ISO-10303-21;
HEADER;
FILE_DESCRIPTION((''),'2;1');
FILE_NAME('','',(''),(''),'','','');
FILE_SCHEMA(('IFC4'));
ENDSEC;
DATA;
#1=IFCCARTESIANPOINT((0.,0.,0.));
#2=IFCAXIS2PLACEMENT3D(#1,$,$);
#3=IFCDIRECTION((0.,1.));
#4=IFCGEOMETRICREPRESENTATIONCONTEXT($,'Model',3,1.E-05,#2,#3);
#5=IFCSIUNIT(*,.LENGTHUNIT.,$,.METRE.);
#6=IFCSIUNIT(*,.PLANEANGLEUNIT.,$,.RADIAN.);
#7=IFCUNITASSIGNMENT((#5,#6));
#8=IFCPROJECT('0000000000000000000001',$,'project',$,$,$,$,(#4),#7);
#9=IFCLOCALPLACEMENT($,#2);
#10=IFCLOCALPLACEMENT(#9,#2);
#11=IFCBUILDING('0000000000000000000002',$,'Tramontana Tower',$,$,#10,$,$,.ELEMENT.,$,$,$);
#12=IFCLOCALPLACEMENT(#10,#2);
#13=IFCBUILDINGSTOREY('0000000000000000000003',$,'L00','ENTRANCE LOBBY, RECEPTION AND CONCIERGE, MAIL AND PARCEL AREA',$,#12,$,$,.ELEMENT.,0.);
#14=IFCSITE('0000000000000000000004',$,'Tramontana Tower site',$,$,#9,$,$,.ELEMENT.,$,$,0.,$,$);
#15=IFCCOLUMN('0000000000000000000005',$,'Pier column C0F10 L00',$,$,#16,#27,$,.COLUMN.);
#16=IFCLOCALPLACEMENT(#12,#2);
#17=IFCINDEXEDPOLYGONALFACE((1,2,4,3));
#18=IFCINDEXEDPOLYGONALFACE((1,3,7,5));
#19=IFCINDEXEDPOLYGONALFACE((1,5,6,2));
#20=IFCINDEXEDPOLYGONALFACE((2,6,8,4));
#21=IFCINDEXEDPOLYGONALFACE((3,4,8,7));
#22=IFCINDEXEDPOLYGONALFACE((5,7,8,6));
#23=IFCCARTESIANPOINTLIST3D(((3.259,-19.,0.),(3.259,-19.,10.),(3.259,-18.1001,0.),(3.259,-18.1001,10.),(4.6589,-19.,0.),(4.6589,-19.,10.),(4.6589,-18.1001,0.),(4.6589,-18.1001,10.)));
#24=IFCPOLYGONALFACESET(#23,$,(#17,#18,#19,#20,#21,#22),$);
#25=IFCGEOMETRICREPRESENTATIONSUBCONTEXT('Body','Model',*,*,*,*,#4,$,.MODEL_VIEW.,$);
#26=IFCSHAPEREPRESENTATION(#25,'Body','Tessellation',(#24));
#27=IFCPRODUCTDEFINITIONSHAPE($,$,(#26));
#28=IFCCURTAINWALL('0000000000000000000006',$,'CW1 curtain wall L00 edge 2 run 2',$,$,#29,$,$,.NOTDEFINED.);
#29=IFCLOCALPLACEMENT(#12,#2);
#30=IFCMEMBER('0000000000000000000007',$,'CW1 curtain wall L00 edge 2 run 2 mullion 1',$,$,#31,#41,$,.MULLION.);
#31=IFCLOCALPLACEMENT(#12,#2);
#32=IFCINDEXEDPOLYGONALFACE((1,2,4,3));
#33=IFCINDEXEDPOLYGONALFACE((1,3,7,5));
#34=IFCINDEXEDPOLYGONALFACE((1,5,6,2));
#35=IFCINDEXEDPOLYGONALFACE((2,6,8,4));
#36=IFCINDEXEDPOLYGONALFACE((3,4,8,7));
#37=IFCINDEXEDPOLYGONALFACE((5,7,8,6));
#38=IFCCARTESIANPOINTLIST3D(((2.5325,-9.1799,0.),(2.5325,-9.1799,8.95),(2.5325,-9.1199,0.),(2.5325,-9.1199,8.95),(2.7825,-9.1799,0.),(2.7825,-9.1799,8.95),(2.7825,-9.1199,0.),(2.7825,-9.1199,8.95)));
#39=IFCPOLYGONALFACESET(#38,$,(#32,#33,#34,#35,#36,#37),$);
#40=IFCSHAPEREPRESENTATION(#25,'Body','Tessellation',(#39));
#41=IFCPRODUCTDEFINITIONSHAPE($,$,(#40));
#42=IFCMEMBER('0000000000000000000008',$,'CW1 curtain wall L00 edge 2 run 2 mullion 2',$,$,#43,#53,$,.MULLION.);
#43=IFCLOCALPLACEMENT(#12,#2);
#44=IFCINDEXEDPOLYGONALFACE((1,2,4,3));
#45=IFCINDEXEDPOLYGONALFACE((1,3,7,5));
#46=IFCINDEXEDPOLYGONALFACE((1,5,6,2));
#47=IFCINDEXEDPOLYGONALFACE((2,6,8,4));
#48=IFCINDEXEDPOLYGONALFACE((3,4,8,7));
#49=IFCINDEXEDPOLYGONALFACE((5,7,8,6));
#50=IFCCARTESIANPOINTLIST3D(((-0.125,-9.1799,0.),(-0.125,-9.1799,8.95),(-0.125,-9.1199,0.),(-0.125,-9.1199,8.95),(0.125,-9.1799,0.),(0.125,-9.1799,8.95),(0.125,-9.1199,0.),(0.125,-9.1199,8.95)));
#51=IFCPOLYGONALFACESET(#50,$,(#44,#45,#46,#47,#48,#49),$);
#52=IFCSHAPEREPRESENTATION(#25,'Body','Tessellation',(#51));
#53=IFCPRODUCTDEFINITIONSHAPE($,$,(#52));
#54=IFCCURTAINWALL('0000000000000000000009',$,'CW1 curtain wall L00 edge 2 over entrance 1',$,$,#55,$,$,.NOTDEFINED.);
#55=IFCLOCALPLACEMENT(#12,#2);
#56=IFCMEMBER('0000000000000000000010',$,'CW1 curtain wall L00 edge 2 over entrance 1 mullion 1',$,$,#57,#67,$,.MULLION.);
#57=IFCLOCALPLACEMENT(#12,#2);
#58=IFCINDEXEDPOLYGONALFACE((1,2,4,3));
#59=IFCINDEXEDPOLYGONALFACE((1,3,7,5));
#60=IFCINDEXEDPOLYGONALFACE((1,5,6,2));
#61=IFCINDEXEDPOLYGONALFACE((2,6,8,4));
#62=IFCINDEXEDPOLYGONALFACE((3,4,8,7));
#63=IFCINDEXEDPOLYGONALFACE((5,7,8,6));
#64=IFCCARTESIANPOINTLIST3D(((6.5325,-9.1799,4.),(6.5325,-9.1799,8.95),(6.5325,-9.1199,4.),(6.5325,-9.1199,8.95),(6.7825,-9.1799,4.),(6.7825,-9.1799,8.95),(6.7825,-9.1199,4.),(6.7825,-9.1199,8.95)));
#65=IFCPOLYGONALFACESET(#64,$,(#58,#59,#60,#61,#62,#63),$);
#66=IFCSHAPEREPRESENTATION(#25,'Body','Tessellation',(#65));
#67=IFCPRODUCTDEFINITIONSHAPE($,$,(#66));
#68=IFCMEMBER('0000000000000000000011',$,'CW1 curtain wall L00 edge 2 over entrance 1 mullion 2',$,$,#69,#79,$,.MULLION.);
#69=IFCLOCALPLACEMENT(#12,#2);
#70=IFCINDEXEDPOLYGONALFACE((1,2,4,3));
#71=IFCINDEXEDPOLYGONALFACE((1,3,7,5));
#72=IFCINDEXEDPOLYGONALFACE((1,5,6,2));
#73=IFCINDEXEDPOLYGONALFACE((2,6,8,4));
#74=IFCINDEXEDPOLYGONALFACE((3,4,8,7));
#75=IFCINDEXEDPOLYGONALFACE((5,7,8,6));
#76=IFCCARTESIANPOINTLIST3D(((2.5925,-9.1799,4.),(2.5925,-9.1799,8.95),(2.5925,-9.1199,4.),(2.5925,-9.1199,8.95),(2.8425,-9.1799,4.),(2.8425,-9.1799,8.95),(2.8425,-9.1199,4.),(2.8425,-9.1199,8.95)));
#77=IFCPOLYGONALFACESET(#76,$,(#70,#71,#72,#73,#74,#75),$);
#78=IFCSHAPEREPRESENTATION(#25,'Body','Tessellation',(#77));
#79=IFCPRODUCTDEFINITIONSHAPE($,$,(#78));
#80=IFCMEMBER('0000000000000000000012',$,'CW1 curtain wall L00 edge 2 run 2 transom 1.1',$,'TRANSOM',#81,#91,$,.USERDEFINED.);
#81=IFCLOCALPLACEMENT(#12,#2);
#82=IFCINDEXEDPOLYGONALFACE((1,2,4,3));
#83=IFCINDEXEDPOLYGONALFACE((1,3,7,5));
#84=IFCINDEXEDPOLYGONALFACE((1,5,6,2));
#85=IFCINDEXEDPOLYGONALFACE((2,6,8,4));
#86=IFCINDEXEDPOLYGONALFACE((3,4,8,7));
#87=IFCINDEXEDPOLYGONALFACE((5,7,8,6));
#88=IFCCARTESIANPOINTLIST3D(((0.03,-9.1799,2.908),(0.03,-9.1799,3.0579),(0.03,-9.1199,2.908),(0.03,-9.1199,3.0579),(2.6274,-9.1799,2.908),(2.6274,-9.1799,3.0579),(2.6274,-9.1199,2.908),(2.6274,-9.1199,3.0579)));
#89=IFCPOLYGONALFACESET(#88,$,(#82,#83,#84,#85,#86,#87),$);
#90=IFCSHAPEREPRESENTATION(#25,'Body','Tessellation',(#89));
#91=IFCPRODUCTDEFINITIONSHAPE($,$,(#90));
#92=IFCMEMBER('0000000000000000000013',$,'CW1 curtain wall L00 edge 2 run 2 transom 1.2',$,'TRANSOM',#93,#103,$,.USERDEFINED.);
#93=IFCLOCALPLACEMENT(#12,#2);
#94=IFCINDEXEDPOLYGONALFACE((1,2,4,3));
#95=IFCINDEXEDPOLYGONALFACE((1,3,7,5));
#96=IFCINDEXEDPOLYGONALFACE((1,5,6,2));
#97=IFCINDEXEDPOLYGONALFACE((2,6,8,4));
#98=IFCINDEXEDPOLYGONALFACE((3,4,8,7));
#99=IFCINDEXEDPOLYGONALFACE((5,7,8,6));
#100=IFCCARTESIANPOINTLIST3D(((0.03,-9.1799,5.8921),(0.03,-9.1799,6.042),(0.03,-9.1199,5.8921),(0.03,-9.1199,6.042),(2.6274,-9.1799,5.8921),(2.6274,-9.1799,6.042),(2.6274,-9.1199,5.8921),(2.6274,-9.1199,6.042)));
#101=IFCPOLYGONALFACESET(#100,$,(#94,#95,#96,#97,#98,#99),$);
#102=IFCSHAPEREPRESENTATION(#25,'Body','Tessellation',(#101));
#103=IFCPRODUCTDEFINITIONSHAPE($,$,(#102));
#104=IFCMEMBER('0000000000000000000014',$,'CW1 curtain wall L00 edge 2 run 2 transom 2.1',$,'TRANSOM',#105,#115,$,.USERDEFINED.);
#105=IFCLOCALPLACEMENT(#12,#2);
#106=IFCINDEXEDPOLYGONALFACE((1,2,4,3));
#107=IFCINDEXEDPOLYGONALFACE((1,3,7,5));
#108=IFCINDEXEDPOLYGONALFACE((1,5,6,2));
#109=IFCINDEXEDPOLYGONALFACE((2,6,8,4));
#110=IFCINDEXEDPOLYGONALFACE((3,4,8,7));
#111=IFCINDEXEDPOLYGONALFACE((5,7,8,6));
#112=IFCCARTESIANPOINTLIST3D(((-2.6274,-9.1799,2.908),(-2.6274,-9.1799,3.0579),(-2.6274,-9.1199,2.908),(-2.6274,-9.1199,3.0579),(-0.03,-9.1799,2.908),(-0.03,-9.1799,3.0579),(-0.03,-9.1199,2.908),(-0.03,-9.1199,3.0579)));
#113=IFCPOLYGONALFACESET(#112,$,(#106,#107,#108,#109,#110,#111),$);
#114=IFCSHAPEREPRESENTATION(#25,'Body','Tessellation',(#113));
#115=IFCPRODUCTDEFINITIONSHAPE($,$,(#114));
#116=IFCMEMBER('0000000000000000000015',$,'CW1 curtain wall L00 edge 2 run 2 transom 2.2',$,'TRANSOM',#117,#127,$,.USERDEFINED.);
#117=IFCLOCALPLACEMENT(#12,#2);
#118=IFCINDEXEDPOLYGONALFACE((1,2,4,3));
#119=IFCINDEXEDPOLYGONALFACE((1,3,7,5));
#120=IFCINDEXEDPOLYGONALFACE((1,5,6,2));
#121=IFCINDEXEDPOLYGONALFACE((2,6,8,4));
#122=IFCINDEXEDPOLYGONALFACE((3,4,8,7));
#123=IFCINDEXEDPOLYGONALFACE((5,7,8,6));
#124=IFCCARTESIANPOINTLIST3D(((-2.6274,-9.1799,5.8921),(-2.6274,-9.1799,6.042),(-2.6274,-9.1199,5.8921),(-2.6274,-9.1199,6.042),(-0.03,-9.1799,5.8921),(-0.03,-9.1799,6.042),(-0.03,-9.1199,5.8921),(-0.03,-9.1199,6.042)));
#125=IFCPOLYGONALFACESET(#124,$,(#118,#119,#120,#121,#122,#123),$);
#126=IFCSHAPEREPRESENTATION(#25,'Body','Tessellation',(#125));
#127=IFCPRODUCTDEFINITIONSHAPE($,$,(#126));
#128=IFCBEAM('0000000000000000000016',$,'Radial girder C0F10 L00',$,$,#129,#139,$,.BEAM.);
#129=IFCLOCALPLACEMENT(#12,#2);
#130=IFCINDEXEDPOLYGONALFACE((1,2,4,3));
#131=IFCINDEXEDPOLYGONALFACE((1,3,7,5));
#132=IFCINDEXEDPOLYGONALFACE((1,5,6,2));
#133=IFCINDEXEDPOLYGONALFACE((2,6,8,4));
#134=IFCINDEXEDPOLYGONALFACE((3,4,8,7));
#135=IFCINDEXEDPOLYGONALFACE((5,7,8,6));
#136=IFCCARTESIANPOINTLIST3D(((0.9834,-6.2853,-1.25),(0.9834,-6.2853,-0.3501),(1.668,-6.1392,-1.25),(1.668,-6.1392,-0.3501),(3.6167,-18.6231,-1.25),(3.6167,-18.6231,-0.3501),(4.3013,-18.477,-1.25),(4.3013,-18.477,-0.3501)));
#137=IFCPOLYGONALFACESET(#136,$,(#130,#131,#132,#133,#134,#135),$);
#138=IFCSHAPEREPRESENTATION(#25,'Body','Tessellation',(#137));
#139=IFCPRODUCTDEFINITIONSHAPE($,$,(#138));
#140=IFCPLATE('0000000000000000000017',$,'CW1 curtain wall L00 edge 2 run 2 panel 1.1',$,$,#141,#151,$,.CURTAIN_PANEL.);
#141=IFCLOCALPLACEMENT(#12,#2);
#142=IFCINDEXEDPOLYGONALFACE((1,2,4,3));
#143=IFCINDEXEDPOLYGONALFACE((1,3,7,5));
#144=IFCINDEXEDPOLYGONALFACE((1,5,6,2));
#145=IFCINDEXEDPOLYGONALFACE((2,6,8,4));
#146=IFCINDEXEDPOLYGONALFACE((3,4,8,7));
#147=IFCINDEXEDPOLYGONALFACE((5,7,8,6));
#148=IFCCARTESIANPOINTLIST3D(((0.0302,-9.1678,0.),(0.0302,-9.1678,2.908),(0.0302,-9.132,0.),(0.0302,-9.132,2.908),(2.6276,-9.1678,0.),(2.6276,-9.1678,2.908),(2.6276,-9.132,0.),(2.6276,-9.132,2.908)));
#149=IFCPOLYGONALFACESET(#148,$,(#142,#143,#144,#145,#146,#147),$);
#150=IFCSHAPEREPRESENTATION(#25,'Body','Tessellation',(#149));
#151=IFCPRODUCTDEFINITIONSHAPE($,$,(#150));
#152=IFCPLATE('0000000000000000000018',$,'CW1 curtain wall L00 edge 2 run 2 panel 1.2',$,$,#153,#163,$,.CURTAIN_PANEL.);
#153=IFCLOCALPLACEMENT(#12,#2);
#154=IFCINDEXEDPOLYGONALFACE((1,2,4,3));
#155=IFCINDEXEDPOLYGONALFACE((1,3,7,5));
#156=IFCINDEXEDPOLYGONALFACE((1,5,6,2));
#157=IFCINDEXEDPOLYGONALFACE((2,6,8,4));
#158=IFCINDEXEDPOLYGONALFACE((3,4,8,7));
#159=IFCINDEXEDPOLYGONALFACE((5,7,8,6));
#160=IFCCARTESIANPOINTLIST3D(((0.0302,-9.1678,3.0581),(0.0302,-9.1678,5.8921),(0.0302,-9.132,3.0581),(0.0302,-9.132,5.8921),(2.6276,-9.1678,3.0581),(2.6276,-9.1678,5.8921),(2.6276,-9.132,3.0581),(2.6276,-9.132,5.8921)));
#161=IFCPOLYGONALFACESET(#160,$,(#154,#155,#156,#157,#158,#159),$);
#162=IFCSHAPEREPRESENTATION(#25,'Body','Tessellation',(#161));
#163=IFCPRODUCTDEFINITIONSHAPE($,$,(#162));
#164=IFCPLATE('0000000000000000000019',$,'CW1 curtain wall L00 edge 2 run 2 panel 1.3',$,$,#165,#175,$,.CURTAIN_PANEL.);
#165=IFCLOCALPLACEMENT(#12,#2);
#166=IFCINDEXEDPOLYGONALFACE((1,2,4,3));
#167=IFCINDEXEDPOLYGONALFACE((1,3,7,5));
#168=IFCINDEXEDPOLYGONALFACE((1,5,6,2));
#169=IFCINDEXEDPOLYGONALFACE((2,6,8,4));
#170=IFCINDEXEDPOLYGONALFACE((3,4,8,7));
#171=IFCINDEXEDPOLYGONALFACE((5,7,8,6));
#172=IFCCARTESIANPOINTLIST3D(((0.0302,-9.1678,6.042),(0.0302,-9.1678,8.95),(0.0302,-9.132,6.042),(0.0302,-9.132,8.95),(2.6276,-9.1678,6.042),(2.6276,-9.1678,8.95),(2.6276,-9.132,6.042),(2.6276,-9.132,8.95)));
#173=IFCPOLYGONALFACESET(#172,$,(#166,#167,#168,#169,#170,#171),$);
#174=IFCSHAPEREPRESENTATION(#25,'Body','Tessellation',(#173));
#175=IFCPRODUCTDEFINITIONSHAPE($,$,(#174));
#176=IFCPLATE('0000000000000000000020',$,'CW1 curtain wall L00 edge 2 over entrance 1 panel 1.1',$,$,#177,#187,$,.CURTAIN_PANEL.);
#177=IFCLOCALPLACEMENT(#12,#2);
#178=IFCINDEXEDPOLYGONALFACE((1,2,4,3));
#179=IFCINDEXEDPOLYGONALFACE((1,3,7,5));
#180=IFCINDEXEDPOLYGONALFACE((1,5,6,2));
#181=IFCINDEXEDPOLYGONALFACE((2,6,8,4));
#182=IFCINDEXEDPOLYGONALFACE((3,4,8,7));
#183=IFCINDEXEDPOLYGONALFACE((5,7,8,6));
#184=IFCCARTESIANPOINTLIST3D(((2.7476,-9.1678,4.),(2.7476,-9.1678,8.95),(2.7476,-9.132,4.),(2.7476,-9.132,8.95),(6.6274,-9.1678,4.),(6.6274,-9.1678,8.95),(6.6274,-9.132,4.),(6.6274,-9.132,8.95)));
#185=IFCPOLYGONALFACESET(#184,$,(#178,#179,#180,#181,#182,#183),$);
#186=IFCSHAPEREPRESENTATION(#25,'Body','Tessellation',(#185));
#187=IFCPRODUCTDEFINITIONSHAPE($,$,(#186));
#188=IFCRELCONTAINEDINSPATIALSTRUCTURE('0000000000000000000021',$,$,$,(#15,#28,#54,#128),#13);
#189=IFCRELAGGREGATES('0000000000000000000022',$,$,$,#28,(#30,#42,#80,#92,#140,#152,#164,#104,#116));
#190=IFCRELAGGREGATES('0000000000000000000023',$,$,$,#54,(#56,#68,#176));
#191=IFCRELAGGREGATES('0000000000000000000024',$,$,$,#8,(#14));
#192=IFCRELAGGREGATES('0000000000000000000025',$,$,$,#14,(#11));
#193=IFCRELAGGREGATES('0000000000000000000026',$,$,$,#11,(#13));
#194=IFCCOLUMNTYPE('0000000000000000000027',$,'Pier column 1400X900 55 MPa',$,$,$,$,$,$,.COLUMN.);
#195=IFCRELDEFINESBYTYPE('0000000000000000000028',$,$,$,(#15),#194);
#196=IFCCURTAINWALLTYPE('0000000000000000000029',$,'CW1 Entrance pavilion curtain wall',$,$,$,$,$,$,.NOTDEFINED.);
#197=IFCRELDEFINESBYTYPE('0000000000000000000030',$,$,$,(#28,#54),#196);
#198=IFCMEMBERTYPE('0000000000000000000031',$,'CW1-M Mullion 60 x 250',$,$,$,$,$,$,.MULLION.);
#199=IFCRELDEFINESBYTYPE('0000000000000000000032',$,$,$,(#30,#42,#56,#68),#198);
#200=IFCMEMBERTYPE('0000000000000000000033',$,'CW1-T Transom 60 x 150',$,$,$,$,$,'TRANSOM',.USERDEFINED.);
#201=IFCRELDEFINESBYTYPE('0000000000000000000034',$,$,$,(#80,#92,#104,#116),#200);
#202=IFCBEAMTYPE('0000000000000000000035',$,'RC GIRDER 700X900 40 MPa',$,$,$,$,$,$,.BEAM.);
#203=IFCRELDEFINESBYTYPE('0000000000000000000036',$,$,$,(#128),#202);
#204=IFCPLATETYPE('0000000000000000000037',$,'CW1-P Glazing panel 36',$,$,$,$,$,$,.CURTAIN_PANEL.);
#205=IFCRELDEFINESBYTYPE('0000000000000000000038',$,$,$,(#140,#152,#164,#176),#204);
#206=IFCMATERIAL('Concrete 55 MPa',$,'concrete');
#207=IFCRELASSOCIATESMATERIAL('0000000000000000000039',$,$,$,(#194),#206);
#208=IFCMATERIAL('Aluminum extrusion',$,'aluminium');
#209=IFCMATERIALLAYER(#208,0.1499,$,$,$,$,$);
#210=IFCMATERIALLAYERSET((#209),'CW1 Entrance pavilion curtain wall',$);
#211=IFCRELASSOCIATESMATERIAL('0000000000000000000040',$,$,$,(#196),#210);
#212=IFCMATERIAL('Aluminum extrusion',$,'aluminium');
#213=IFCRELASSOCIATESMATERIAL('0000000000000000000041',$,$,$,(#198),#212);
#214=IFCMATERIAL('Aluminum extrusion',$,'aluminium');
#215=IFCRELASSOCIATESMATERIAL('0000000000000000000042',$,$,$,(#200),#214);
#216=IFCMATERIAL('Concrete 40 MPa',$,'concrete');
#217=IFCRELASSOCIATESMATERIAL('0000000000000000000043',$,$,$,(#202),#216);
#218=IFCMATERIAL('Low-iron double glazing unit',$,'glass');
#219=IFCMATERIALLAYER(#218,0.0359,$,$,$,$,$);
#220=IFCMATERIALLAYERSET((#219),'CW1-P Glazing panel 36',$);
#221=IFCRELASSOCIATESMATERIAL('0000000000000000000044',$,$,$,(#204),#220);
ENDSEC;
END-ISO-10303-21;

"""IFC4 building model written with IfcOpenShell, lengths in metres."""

from ifc_helpers import new_model, si_unit, direction, frame, origin, origin_2d, place, context, subcontext, project, spatial, rectangle, extrude, material, layer, layer_set, material_profile, profile_set, type_object, element, aggregate, save


model = new_model("IFC4")

# Units and contexts
model_context = context("Model", 3, precision=1e-05, world=origin(), true_north=direction((0.0, 1.0)))
body_context = subcontext(model_context, "Body", "Model", "MODEL_VIEW")
ifc_project = project(units=[si_unit("LENGTHUNIT", "METRE"), si_unit("PLANEANGLEUNIT", "RADIAN")], contexts=[model_context])

# Site, building, storey
site_placement = place(None, origin())
site = spatial("IfcSite", under=ifc_project, at=site_placement, Name="Tramontana Tower site", CompositionType="ELEMENT", RefElevation=0.0)
building_placement = place(site_placement, origin())
building = spatial("IfcBuilding", under=site, at=building_placement, Name="Tramontana Tower", CompositionType="ELEMENT")
storey_placement = place(building_placement, origin())
storey = spatial("IfcBuildingStorey", under=building, at=storey_placement, Name="L00", Description="ENTRANCE LOBBY, RECEPTION AND CONCIERGE, MAIL AND PARCEL AREA", CompositionType="ELEMENT", Elevation=0.0)

# Column
ifc_material_1 = material(Name="Concrete 55 MPa", Category="concrete")
ifc_material_profile_1 = material_profile(ifc_material_1, rectangle(XDim=1.3999, YDim=0.8999, at=origin_2d()), Name="Pier column 1400X900 55 MPa")
ifc_profile_set_1 = profile_set([ifc_material_profile_1], Name="Concrete 55 MPa")
column_type = type_object("IfcColumnType", Name="Pier column 1400X900 55 MPa", PredefinedType="COLUMN", material=ifc_profile_set_1)
column_placement = place(storey_placement, frame((3.959, -18.55, 0.0), z_axis=(0.0, 0.0, 1.0), x_axis=(1.0, 0.0, 0.0)))
element("IfcColumn", 1, at=column_placement, inside=storey, type_object=column_type, Name="Pier column C0F10 L00", PredefinedType="COLUMN", context=body_context, shape_type="SweptSolid", body=[
    extrude(rectangle(XDim=1.3999, YDim=0.8999, at=origin_2d()), origin(), (0.0, 0.0, 1.0), 10.0),
])

# Curtain walls, members
ifc_material_2 = material(Name="Aluminum extrusion", Category="aluminium")
ifc_layer_1 = layer(ifc_material_2, 0.1499)
ifc_layer_set_1 = layer_set([ifc_layer_1], Name="CW1 Entrance pavilion curtain wall")
curtain_wall_type = type_object("IfcCurtainWallType", Name="CW1 Entrance pavilion curtain wall", PredefinedType="NOTDEFINED", material=ifc_layer_set_1)
curtain_wall_1_placement = place(storey_placement, origin())
curtain_wall_1 = element("IfcCurtainWall", 2, at=curtain_wall_1_placement, inside=storey, type_object=curtain_wall_type, Name="CW1 curtain wall L00 edge 2 run 2", PredefinedType="NOTDEFINED")
ifc_material_3 = material(Name="Aluminum extrusion", Category="aluminium")
ifc_material_profile_2 = material_profile(ifc_material_3, rectangle(XDim=0.0601, YDim=0.25, at=origin_2d()), Name="CW1-M Mullion 60 x 250")
ifc_profile_set_2 = profile_set([ifc_material_profile_2], Name="Aluminum extrusion")
member_type_1 = type_object("IfcMemberType", Name="CW1-M Mullion 60 x 250", PredefinedType="MULLION", material=ifc_profile_set_2)
member_1_placement = place(storey_placement, frame((2.6575, -9.1499, 0.0), z_axis=(0.0, 0.0, 1.0), x_axis=(0.0, -1.0, 0.0)))
member_1 = element("IfcMember", 3, at=member_1_placement, type_object=member_type_1, Name="CW1 curtain wall L00 edge 2 run 2 mullion 1", PredefinedType="MULLION", context=body_context, shape_type="SweptSolid", body=[
    extrude(rectangle(XDim=0.0601, YDim=0.25, at=origin_2d()), origin(), (0.0, 0.0, 1.0), 8.95),
])
member_2_placement = place(storey_placement, frame((0.0, -9.1499, 0.0), z_axis=(0.0, 0.0, 1.0), x_axis=(0.0, -1.0, 0.0)))
member_2 = element("IfcMember", 4, at=member_2_placement, type_object=member_type_1, Name="CW1 curtain wall L00 edge 2 run 2 mullion 2", PredefinedType="MULLION", context=body_context, shape_type="SweptSolid", body=[
    extrude(rectangle(XDim=0.0601, YDim=0.25, at=origin_2d()), origin(), (0.0, 0.0, 1.0), 8.95),
])
curtain_wall_2_placement = place(storey_placement, origin())
curtain_wall_2 = element("IfcCurtainWall", 5, at=curtain_wall_2_placement, inside=storey, type_object=curtain_wall_type, Name="CW1 curtain wall L00 edge 2 over entrance 1", PredefinedType="NOTDEFINED")
member_3_placement = place(storey_placement, frame((6.6575, -9.1499, 4.0), z_axis=(0.0, 0.0, 1.0), x_axis=(0.0, -1.0, 0.0)))
member_3 = element("IfcMember", 6, at=member_3_placement, type_object=member_type_1, Name="CW1 curtain wall L00 edge 2 over entrance 1 mullion 1", PredefinedType="MULLION", context=body_context, shape_type="SweptSolid", body=[
    extrude(rectangle(XDim=0.0601, YDim=0.25, at=origin_2d()), origin(), (0.0, 0.0, 1.0), 4.95),
])
member_4_placement = place(storey_placement, frame((2.7175, -9.1499, 4.0), z_axis=(0.0, 0.0, 1.0), x_axis=(0.0, -1.0, 0.0)))
member_4 = element("IfcMember", 7, at=member_4_placement, type_object=member_type_1, Name="CW1 curtain wall L00 edge 2 over entrance 1 mullion 2", PredefinedType="MULLION", context=body_context, shape_type="SweptSolid", body=[
    extrude(rectangle(XDim=0.0601, YDim=0.25, at=origin_2d()), origin(), (0.0, 0.0, 1.0), 4.95),
])

# Members
ifc_material_4 = material(Name="Aluminum extrusion", Category="aluminium")
ifc_material_profile_3 = material_profile(ifc_material_4, rectangle(XDim=0.0601, YDim=0.1499, at=origin_2d()), Name="CW1-T Transom 60 x 150")
ifc_profile_set_3 = profile_set([ifc_material_profile_3], Name="Aluminum extrusion")
member_type_2 = type_object("IfcMemberType", Name="CW1-T Transom 60 x 150", ElementType="TRANSOM", PredefinedType="USERDEFINED", material=ifc_profile_set_3)
member_5_placement = place(storey_placement, frame((2.6274, -9.1499, 2.9829), z_axis=(-1.0, 0.0, 0.0), x_axis=(0.0, -1.0, 0.0)))
member_5 = element("IfcMember", 8, at=member_5_placement, type_object=member_type_2, Name="CW1 curtain wall L00 edge 2 run 2 transom 1.1", ObjectType="TRANSOM", PredefinedType="USERDEFINED", context=body_context, shape_type="SweptSolid", body=[
    extrude(rectangle(XDim=0.0601, YDim=0.1499, at=origin_2d()), origin(), (0.0, 0.0, 1.0), 2.5974),
])
member_6_placement = place(storey_placement, frame((2.6274, -9.1499, 5.967), z_axis=(-1.0, 0.0, 0.0), x_axis=(0.0, -1.0, 0.0)))
member_6 = element("IfcMember", 9, at=member_6_placement, type_object=member_type_2, Name="CW1 curtain wall L00 edge 2 run 2 transom 1.2", ObjectType="TRANSOM", PredefinedType="USERDEFINED", context=body_context, shape_type="SweptSolid", body=[
    extrude(rectangle(XDim=0.0601, YDim=0.1499, at=origin_2d()), origin(), (0.0, 0.0, 1.0), 2.5974),
])
member_7_placement = place(storey_placement, frame((-0.03, -9.1499, 2.9829), z_axis=(-1.0, 0.0, 0.0), x_axis=(0.0, -1.0, 0.0)))
member_7 = element("IfcMember", 10, at=member_7_placement, type_object=member_type_2, Name="CW1 curtain wall L00 edge 2 run 2 transom 2.1", ObjectType="TRANSOM", PredefinedType="USERDEFINED", context=body_context, shape_type="SweptSolid", body=[
    extrude(rectangle(XDim=0.0601, YDim=0.1499, at=origin_2d()), origin(), (0.0, 0.0, 1.0), 2.5974),
])
member_8_placement = place(storey_placement, frame((-0.03, -9.1499, 5.967), z_axis=(-1.0, 0.0, 0.0), x_axis=(0.0, -1.0, 0.0)))
member_8 = element("IfcMember", 11, at=member_8_placement, type_object=member_type_2, Name="CW1 curtain wall L00 edge 2 run 2 transom 2.2", ObjectType="TRANSOM", PredefinedType="USERDEFINED", context=body_context, shape_type="SweptSolid", body=[
    extrude(rectangle(XDim=0.0601, YDim=0.1499, at=origin_2d()), origin(), (0.0, 0.0, 1.0), 2.5974),
])

# Beam
ifc_material_5 = material(Name="Concrete 40 MPa", Category="concrete")
ifc_material_profile_4 = material_profile(ifc_material_5, rectangle(XDim=0.7, YDim=0.8999, at=origin_2d()), Name="RC GIRDER 700X900 40 MPa")
ifc_profile_set_4 = profile_set([ifc_material_profile_4], Name="Concrete 40 MPa")
beam_type = type_object("IfcBeamType", Name="RC GIRDER 700X900 40 MPa", PredefinedType="BEAM", material=ifc_profile_set_4)
beam_placement = place(storey_placement, frame((3.959, -18.55, -0.8), z_axis=(-0.208731, 0.977973, 0.0), x_axis=(-0.977973, -0.208731, 0.0)))
element("IfcBeam", 12, at=beam_placement, inside=storey, type_object=beam_type, Name="Radial girder C0F10 L00", PredefinedType="BEAM", context=body_context, shape_type="SweptSolid", body=[
    extrude(rectangle(XDim=0.7, YDim=0.8999, at=origin_2d()), origin(), (0.0, 0.0, 1.0), 12.6157),
])

# Plates
ifc_material_6 = material(Name="Low-iron double glazing unit", Category="glass")
ifc_layer_2 = layer(ifc_material_6, 0.0359)
ifc_layer_set_2 = layer_set([ifc_layer_2], Name="CW1-P Glazing panel 36")
plate_type = type_object("IfcPlateType", Name="CW1-P Glazing panel 36", PredefinedType="CURTAIN_PANEL", material=ifc_layer_set_2)
plate_1_placement = place(storey_placement, frame((1.3289, -9.1499, 0.0), z_axis=(0.0, 0.0, 1.0), x_axis=(-1.0, 0.0, 0.0)))
plate_1 = element("IfcPlate", 13, at=plate_1_placement, type_object=plate_type, Name="CW1 curtain wall L00 edge 2 run 2 panel 1.1", PredefinedType="CURTAIN_PANEL", context=body_context, shape_type="SweptSolid", body=[
    extrude(rectangle(XDim=2.5974, YDim=0.0359, at=origin_2d()), origin(), (0.0, 0.0, 1.0), 2.908),
])
plate_2_placement = place(storey_placement, frame((1.3289, -9.1499, 3.0581), z_axis=(0.0, 0.0, 1.0), x_axis=(-1.0, 0.0, 0.0)))
plate_2 = element("IfcPlate", 14, at=plate_2_placement, type_object=plate_type, Name="CW1 curtain wall L00 edge 2 run 2 panel 1.2", PredefinedType="CURTAIN_PANEL", context=body_context, shape_type="SweptSolid", body=[
    extrude(rectangle(XDim=2.5974, YDim=0.0359, at=origin_2d()), origin(), (0.0, 0.0, 1.0), 2.834),
])
plate_3_placement = place(storey_placement, frame((1.3289, -9.1499, 6.042), z_axis=(0.0, 0.0, 1.0), x_axis=(-1.0, 0.0, 0.0)))
plate_3 = element("IfcPlate", 15, at=plate_3_placement, type_object=plate_type, Name="CW1 curtain wall L00 edge 2 run 2 panel 1.3", PredefinedType="CURTAIN_PANEL", context=body_context, shape_type="SweptSolid", body=[
    extrude(rectangle(XDim=2.5974, YDim=0.0359, at=origin_2d()), origin(), (0.0, 0.0, 1.0), 2.908),
])
aggregate(curtain_wall_1, [member_1, member_2, member_5, member_6, plate_1, plate_2, plate_3, member_7, member_8])
plate_4_placement = place(storey_placement, frame((4.6875, -9.1499, 4.0), z_axis=(0.0, 0.0, 1.0), x_axis=(-1.0, 0.0, 0.0)))
plate_4 = element("IfcPlate", 16, at=plate_4_placement, type_object=plate_type, Name="CW1 curtain wall L00 edge 2 over entrance 1 panel 1.1", PredefinedType="CURTAIN_PANEL", context=body_context, shape_type="SweptSolid", body=[
    extrude(rectangle(XDim=3.8799, YDim=0.0359, at=origin_2d()), origin(), (0.0, 0.0, 1.0), 4.95),
])
aggregate(curtain_wall_2, [member_3, member_4, plate_4])

save(model, "model.ifc")
